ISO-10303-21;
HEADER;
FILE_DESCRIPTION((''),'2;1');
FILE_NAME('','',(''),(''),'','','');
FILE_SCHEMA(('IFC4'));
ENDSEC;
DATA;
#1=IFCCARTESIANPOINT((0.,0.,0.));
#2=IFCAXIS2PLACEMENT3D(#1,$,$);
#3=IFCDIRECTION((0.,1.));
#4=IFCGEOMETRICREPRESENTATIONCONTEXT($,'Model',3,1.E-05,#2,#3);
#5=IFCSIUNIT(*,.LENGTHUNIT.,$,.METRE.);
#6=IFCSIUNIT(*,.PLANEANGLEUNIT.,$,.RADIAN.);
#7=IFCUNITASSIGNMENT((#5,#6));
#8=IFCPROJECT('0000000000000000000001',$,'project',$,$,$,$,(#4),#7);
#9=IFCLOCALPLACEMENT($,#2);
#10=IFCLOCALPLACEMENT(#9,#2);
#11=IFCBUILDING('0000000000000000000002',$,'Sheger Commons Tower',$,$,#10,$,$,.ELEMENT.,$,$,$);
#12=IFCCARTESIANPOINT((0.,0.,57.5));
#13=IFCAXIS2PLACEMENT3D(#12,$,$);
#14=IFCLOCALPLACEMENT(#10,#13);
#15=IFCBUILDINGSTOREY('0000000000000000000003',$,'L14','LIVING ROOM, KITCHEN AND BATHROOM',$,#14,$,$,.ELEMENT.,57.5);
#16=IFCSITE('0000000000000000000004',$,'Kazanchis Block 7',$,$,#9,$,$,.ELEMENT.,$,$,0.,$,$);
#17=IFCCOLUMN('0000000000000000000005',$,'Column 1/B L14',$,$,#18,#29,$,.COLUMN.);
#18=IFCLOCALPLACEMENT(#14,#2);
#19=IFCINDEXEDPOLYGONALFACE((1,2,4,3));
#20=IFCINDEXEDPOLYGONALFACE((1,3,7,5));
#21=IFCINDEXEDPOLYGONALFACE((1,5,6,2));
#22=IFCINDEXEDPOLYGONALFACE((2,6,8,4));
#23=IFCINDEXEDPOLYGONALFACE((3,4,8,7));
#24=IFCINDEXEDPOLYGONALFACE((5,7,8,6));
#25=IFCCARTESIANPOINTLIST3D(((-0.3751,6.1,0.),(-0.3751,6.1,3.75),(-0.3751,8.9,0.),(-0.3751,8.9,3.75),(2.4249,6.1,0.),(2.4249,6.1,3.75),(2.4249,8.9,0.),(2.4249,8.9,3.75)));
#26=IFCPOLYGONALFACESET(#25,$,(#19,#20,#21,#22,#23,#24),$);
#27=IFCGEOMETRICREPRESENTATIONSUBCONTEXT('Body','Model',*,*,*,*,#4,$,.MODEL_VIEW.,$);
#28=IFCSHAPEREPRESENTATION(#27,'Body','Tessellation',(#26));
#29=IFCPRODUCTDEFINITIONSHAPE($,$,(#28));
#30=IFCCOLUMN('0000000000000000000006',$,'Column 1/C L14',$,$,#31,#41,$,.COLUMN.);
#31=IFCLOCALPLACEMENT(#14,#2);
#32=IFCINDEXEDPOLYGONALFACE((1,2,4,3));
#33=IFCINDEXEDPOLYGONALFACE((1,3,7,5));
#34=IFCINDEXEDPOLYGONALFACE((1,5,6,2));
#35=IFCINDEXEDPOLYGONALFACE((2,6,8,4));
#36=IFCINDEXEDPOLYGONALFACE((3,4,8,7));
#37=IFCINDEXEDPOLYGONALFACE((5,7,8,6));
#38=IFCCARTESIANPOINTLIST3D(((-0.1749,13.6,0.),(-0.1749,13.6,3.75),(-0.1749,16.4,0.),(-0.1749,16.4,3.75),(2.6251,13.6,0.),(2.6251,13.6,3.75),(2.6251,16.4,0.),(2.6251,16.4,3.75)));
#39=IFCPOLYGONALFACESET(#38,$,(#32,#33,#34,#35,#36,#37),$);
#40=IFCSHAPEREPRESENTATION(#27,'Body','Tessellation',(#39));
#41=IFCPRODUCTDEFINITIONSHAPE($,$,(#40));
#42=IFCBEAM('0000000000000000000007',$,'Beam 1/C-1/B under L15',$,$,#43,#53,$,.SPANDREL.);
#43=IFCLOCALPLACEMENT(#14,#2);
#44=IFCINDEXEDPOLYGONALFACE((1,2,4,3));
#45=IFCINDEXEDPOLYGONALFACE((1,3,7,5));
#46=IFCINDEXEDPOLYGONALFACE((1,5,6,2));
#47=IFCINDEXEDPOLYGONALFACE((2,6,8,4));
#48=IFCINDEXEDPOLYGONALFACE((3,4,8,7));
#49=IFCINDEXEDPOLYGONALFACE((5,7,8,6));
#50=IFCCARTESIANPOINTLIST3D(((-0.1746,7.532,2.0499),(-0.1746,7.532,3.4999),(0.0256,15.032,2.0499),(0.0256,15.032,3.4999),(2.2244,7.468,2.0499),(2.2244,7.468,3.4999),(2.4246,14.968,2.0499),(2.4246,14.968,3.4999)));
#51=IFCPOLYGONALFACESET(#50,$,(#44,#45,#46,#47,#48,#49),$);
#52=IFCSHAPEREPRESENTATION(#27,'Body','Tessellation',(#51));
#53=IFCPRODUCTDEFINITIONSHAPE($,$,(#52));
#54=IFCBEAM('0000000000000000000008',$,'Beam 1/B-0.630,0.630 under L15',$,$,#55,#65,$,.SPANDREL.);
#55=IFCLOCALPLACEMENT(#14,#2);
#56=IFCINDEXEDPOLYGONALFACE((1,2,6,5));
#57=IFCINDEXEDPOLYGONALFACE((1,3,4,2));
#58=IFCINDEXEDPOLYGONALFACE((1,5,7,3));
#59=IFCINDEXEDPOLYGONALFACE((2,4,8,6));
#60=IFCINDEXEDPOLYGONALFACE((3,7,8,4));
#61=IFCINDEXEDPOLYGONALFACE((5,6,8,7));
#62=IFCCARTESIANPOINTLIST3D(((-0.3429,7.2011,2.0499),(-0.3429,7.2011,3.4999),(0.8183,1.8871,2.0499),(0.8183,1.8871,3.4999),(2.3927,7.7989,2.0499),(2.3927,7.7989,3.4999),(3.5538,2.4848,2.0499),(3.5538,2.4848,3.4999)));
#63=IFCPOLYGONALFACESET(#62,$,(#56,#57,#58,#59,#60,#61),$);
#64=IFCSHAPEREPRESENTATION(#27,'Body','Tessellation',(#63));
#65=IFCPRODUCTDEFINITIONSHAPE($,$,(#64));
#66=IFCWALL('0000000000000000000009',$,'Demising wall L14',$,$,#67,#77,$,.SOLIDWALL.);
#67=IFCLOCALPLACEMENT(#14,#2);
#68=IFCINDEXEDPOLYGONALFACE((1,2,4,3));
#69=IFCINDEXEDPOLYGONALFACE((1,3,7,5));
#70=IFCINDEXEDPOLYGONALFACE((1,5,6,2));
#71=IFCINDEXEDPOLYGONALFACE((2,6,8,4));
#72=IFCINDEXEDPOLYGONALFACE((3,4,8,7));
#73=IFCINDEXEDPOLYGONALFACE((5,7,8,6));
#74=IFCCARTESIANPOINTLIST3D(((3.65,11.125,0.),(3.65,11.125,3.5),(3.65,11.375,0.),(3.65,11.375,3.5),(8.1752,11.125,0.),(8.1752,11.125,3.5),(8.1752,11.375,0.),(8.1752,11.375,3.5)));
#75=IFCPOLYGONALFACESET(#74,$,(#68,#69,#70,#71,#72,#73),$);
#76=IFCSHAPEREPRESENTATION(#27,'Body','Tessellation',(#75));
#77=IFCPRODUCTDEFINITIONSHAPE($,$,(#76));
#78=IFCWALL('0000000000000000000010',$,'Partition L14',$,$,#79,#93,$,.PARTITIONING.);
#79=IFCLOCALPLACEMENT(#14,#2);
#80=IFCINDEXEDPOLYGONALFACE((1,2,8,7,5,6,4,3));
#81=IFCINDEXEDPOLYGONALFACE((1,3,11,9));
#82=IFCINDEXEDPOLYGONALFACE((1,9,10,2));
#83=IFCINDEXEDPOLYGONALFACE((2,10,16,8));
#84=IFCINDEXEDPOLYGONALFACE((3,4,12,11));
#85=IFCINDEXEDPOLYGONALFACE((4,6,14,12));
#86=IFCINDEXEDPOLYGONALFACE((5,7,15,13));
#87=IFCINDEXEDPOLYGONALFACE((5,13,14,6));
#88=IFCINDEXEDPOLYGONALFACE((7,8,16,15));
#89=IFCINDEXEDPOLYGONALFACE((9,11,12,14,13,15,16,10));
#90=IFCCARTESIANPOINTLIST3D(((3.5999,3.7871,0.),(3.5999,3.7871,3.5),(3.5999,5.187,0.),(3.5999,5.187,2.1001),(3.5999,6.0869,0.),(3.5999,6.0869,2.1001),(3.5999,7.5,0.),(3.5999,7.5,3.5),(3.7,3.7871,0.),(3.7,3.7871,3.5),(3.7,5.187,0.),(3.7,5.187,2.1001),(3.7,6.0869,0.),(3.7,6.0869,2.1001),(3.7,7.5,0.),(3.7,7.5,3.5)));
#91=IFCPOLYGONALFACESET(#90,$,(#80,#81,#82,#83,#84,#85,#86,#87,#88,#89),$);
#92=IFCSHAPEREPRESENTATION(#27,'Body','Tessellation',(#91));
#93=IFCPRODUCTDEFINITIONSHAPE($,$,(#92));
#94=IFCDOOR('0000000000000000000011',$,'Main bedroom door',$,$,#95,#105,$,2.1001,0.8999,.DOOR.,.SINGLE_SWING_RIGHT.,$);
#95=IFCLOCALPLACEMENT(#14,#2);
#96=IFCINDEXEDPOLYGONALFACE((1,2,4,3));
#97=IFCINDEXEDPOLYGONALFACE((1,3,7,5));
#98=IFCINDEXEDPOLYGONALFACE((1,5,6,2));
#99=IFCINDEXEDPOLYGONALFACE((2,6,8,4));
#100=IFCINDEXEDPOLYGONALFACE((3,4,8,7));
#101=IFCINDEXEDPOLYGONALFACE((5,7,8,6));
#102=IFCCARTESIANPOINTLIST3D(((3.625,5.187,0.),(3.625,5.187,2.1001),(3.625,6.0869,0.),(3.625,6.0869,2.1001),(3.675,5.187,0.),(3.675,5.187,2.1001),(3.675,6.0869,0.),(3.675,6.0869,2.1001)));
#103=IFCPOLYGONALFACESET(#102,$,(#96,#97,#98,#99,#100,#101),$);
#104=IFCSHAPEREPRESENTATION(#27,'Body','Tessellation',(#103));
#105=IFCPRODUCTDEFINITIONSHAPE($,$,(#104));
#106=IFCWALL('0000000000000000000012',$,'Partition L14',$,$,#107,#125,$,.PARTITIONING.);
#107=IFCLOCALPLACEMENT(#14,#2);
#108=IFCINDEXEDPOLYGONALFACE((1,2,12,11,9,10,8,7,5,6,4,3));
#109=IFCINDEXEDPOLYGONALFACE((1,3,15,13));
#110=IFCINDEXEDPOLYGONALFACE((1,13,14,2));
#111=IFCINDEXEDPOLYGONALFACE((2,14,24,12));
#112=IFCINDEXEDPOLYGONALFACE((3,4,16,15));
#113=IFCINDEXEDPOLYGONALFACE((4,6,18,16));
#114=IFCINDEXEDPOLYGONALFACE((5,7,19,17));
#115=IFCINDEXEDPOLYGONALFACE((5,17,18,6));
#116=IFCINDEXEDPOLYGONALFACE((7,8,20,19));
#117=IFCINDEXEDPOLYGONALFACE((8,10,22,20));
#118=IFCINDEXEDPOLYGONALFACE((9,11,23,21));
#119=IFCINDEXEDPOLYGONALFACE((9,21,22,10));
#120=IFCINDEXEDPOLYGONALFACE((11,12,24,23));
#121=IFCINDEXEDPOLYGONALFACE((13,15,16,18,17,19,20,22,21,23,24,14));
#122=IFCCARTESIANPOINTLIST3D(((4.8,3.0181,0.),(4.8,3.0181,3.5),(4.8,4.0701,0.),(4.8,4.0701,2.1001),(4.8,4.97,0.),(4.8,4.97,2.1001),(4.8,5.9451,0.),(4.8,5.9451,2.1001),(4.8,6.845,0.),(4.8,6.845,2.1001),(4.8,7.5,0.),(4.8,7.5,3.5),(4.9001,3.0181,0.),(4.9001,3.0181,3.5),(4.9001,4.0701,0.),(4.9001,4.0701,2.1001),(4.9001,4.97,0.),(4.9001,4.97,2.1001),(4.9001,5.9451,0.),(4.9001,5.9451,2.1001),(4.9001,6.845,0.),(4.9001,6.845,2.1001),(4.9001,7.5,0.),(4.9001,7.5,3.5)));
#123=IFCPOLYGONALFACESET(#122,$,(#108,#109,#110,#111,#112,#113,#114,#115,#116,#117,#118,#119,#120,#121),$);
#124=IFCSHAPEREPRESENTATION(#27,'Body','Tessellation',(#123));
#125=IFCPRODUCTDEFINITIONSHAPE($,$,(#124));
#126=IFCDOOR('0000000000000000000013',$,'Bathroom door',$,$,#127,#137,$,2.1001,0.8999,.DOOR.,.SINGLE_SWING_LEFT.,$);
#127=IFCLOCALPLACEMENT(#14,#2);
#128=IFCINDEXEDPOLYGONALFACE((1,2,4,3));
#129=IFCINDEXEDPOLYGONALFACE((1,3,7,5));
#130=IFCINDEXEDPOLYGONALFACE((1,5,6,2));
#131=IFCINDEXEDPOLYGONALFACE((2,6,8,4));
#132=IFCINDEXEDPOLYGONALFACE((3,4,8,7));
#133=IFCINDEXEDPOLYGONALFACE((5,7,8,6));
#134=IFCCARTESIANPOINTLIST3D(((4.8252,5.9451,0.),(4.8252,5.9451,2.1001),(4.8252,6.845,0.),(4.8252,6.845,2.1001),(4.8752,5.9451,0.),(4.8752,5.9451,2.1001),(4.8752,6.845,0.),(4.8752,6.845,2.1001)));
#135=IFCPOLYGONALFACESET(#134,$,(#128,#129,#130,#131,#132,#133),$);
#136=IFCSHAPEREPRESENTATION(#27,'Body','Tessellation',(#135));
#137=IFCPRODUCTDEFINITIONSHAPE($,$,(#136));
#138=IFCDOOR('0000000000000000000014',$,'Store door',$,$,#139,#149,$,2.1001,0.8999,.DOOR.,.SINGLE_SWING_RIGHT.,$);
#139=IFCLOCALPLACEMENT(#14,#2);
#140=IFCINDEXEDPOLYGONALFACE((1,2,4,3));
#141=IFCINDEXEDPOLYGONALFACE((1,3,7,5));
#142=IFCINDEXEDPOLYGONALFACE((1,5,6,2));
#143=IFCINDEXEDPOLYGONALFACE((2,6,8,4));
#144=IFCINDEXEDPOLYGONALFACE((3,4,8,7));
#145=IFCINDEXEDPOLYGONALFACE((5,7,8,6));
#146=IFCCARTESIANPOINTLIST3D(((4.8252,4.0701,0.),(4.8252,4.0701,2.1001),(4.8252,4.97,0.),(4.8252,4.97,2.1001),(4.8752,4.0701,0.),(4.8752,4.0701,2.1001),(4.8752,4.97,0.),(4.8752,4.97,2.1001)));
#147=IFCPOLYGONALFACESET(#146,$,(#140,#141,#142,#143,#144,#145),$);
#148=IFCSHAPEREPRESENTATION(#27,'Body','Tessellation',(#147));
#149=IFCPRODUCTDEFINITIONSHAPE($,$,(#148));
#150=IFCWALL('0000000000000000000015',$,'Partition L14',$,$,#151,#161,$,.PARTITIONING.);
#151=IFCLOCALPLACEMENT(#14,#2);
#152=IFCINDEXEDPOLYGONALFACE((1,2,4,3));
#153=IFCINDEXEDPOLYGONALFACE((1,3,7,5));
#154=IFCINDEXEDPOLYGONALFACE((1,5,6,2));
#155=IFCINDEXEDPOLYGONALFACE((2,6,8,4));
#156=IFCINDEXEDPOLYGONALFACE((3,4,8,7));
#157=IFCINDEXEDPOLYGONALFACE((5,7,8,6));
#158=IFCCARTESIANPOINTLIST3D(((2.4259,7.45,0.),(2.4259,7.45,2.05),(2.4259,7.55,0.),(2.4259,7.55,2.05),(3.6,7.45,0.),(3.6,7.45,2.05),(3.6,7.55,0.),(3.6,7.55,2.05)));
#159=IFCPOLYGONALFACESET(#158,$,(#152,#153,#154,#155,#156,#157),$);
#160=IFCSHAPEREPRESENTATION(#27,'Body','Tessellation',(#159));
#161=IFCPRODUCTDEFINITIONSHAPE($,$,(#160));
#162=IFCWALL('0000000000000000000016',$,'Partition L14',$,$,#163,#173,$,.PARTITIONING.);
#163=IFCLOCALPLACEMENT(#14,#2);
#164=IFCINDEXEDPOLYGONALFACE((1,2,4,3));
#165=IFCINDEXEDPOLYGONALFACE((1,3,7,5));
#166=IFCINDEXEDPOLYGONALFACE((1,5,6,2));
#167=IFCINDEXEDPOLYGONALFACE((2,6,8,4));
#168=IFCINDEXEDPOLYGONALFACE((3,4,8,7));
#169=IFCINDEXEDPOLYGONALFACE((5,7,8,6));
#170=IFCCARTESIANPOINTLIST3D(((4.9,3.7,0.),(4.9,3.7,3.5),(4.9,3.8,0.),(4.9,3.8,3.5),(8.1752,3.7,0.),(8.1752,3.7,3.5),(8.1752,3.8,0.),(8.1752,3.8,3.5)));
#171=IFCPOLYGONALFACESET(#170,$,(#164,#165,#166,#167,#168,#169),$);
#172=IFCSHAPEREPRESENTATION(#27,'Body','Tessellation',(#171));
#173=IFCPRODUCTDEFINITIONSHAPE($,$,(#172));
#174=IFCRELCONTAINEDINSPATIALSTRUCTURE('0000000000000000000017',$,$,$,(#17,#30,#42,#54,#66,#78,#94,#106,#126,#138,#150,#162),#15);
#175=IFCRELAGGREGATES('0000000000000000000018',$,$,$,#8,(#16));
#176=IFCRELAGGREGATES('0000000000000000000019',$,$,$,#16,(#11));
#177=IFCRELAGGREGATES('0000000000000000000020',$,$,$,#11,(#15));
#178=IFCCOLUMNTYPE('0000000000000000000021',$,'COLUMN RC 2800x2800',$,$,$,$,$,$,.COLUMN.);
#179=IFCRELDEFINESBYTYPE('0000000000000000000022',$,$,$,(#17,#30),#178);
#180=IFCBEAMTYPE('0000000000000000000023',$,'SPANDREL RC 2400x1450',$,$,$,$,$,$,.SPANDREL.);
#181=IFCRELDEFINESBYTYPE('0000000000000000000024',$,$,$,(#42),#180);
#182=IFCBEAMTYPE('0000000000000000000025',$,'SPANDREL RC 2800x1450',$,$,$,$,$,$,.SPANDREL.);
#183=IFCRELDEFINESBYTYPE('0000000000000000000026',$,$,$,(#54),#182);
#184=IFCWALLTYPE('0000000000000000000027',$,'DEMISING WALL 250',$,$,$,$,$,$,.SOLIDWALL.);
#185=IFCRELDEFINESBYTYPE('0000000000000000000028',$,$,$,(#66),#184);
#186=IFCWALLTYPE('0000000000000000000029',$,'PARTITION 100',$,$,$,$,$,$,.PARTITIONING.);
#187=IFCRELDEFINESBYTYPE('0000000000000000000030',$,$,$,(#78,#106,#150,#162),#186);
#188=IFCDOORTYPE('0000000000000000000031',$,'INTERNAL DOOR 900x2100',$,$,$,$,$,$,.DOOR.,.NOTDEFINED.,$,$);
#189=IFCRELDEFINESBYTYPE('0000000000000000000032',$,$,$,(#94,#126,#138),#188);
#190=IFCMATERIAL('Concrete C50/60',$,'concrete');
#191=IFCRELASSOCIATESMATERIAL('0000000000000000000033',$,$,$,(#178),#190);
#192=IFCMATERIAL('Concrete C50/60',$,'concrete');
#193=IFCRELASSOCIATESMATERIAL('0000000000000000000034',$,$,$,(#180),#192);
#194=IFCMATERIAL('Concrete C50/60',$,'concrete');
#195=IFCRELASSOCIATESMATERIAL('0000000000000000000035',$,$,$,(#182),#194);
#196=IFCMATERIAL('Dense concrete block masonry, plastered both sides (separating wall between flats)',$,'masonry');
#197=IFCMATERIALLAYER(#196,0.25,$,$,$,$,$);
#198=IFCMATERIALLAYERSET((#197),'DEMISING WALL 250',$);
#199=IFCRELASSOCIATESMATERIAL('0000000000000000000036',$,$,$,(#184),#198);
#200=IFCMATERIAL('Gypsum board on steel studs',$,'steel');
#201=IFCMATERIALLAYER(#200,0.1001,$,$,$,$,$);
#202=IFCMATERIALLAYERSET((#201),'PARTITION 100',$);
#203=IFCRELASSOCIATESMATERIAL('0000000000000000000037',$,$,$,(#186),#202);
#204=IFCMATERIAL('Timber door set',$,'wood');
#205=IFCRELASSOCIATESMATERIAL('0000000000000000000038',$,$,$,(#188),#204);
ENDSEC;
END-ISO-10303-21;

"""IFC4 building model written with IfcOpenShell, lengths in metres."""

from ifc_helpers import new_model, si_unit, direction, frame, frame_2d, origin, origin_2d, place, context, subcontext, project, spatial, rectangle, extrude, material, layer, layer_set, material_profile, profile_set, type_object, element, fill, save


model = new_model("IFC4")

# Units and contexts
model_context = context("Model", 3, precision=1e-05, world=origin(), true_north=direction((0.0, 1.0)))
body_context = subcontext(model_context, "Body", "Model", "MODEL_VIEW")
ifc_project = project(units=[si_unit("LENGTHUNIT", "METRE"), si_unit("PLANEANGLEUNIT", "RADIAN")], contexts=[model_context])

# Site, building, storey
site_placement = place(None, origin())
site = spatial("IfcSite", under=ifc_project, at=site_placement, Name="Kazanchis Block 7", CompositionType="ELEMENT", RefElevation=0.0)
building_placement = place(site_placement, origin())
building = spatial("IfcBuilding", under=site, at=building_placement, Name="Sheger Commons Tower", CompositionType="ELEMENT")
storey_placement = place(building_placement, frame((0.0, 0.0, 57.5)))
storey = spatial("IfcBuildingStorey", under=building, at=storey_placement, Name="L14", Description="LIVING ROOM, KITCHEN AND BATHROOM", CompositionType="ELEMENT", Elevation=57.5)

# Columns
ifc_material_1 = material(Name="Concrete C50/60", Category="concrete")
ifc_material_profile_1 = material_profile(ifc_material_1, rectangle(XDim=2.8, YDim=2.8, at=origin_2d()), Name="RC 2800x2800")
ifc_profile_set_1 = profile_set([ifc_material_profile_1], Name="Concrete C50/60")
column_type = type_object("IfcColumnType", Name="COLUMN RC 2800x2800", PredefinedType="COLUMN", material=ifc_profile_set_1)
for number, where, z_axis, x_axis, name in (
    (1, (1.0249, 7.5, 0.0), (0.0, 0.0, 1.0), (1.0, 0.0, 0.0), "Column 1/B L14"),
    (2, (1.2251, 15.0, 0.0), (0.0, 0.0, 1.0), (1.0, 0.0, 0.0), "Column 1/C L14"),
):
    element("IfcColumn", number, at=place(storey_placement, frame(where, z_axis=z_axis, x_axis=x_axis)), inside=storey, type_object=column_type, Name=name, PredefinedType="COLUMN", context=body_context, shape_type="SweptSolid", body=[
        extrude(rectangle(XDim=2.8, YDim=2.8, at=origin_2d()), origin(), (0.0, 0.0, 1.0), 3.75),
    ])

# Beams
ifc_material_2 = material(Name="Concrete C50/60", Category="concrete")
ifc_material_profile_2 = material_profile(ifc_material_2, rectangle(XDim=2.3999, YDim=1.45, at=origin_2d()), Name="RC 2400x1450")
ifc_profile_set_2 = profile_set([ifc_material_profile_2], Name="Concrete C50/60")
beam_type_1 = type_object("IfcBeamType", Name="SPANDREL RC 2400x1450", PredefinedType="SPANDREL", material=ifc_profile_set_2)
beam_1_placement = place(storey_placement, frame((1.2251, 15.0, 2.7749), z_axis=(-0.026683, -0.999644, 0.0), x_axis=(0.999644, -0.026683, 0.0)))
element("IfcBeam", 3, at=beam_1_placement, inside=storey, type_object=beam_type_1, Name="Beam 1/C-1/B under L15", PredefinedType="SPANDREL", context=body_context, shape_type="SweptSolid", body=[
    extrude(rectangle(XDim=2.3999, YDim=1.45, at=origin_2d()), origin(), (0.0, 0.0, 1.0), 7.5027),
])
ifc_material_3 = material(Name="Concrete C50/60", Category="concrete")
ifc_material_profile_3 = material_profile(ifc_material_3, rectangle(XDim=2.8, YDim=1.45, at=origin_2d()), Name="RC 2800x1450")
ifc_profile_set_3 = profile_set([ifc_material_profile_3], Name="Concrete C50/60")
beam_type_2 = type_object("IfcBeamType", Name="SPANDREL RC 2800x1450", PredefinedType="SPANDREL", material=ifc_profile_set_3)
beam_2_placement = place(storey_placement, frame((1.0249, 7.5, 2.7749), z_axis=(0.213469, -0.97695, 0.0), x_axis=(0.97695, 0.213469, 0.0)))
element("IfcBeam", 4, at=beam_2_placement, inside=storey, type_object=beam_type_2, Name="Beam 1/B-0.630,0.630 under L15", PredefinedType="SPANDREL", context=body_context, shape_type="SweptSolid", body=[
    extrude(rectangle(XDim=2.8, YDim=1.45, at=origin_2d()), origin(), (0.0, 0.0, 1.0), 5.4395),
])

# Wall
ifc_material_4 = material(Name="Dense concrete block masonry, plastered both sides (separating wall between flats)", Category="masonry")
ifc_layer_1 = layer(ifc_material_4, 0.25)
ifc_layer_set_1 = layer_set([ifc_layer_1], Name="DEMISING WALL 250")
wall_type_1 = type_object("IfcWallType", Name="DEMISING WALL 250", PredefinedType="SOLIDWALL", material=ifc_layer_set_1)
wall_1_placement = place(storey_placement, frame((3.6499, 11.25, 0.0), z_axis=(0.0, 0.0, 1.0), x_axis=(1.0, 0.0, 0.0)))
element("IfcWall", 5, at=wall_1_placement, inside=storey, type_object=wall_type_1, Name="Demising wall L14", PredefinedType="SOLIDWALL", context=body_context, shape_type="SweptSolid", body=[
    extrude(rectangle(XDim=4.5251, YDim=0.25, at=frame_2d((2.2627, 0.0))), origin(), (0.0, 0.0, 1.0), 3.5),
])

# Wall, opening, door
ifc_material_5 = material(Name="Gypsum board on steel studs", Category="steel")
ifc_layer_2 = layer(ifc_material_5, 0.1001)
ifc_layer_set_2 = layer_set([ifc_layer_2], Name="PARTITION 100")
wall_type_2 = type_object("IfcWallType", Name="PARTITION 100", PredefinedType="PARTITIONING", material=ifc_layer_set_2)
wall_2_placement = place(storey_placement, frame((3.6499, 3.7871, 0.0), z_axis=(0.0, 0.0, 1.0), x_axis=(0.0, 1.0, 0.0)))
wall_2 = element("IfcWall", 6, at=wall_2_placement, inside=storey, type_object=wall_type_2, Name="Partition L14", PredefinedType="PARTITIONING", context=body_context, shape_type="SweptSolid", body=[
    extrude(rectangle(XDim=3.7129, YDim=0.1001, at=frame_2d((1.8564, 0.0))), origin(), (0.0, 0.0, 1.0), 3.5),
])
opening_1_placement = place(wall_2_placement, frame((1.3999, 0.0, 0.0)))
opening_1 = element("IfcOpeningElement", 7, at=opening_1_placement, cuts=wall_2, PredefinedType="OPENING", context=body_context, shape_type="SweptSolid", body=[
    extrude(rectangle(XDim=0.8999, YDim=2.1001, at=frame_2d((0.45, 1.05))), frame((0.0, 0.0601, 0.0), z_axis=(0.0, -1.0, 0.0), x_axis=(1.0, 0.0, 0.0)), (0.0, 0.0, 1.0), 0.1201),
])
ifc_material_6 = material(Name="Timber door set", Category="wood")
door_type = type_object("IfcDoorType", Name="INTERNAL DOOR 900x2100", OperationType="NOTDEFINED", PredefinedType="DOOR", material=ifc_material_6)
door_1_placement = place(opening_1_placement, origin())
door_1 = element("IfcDoor", 8, at=door_1_placement, inside=storey, type_object=door_type, Name="Main bedroom door", OperationType="SINGLE_SWING_RIGHT", OverallHeight=2.1001, OverallWidth=0.8999, PredefinedType="DOOR", context=body_context, shape_type="SweptSolid", body=[
    extrude(rectangle(XDim=0.8999, YDim=2.1001, at=frame_2d((0.45, 1.05))), frame((0.0, 0.0249, 0.0), z_axis=(0.0, -1.0, 0.0), x_axis=(1.0, 0.0, 0.0)), (0.0, 0.0, 1.0), 0.05),
])
fill(opening_1, door_1)

# Wall, openings, doors
wall_3_placement = place(storey_placement, frame((4.8501, 3.0181, 0.0), z_axis=(0.0, 0.0, 1.0), x_axis=(0.0, 1.0, 0.0)))
wall_3 = element("IfcWall", 9, at=wall_3_placement, inside=storey, type_object=wall_type_2, Name="Partition L14", PredefinedType="PARTITIONING", context=body_context, shape_type="SweptSolid", body=[
    extrude(rectangle(XDim=4.4819, YDim=0.1001, at=frame_2d((2.241, 0.0))), origin(), (0.0, 0.0, 1.0), 3.5),
])
opening_2_placement = place(wall_3_placement, frame((2.927, 0.0, 0.0)))
opening_2 = element("IfcOpeningElement", 10, at=opening_2_placement, cuts=wall_3, PredefinedType="OPENING", context=body_context, shape_type="SweptSolid", body=[
    extrude(rectangle(XDim=0.8999, YDim=2.1001, at=frame_2d((0.45, 1.05))), frame((0.0, 0.0601, 0.0), z_axis=(0.0, -1.0, 0.0), x_axis=(1.0, 0.0, 0.0)), (0.0, 0.0, 1.0), 0.1201),
])
opening_3_placement = place(wall_3_placement, frame((1.052, 0.0, 0.0)))
opening_3 = element("IfcOpeningElement", 11, at=opening_3_placement, cuts=wall_3, PredefinedType="OPENING", context=body_context, shape_type="SweptSolid", body=[
    extrude(rectangle(XDim=0.8999, YDim=2.1001, at=frame_2d((0.45, 1.05))), frame((0.0, 0.0601, 0.0), z_axis=(0.0, -1.0, 0.0), x_axis=(1.0, 0.0, 0.0)), (0.0, 0.0, 1.0), 0.1201),
])
door_2_placement = place(opening_2_placement, origin())
door_2 = element("IfcDoor", 12, at=door_2_placement, inside=storey, type_object=door_type, Name="Bathroom door", OperationType="SINGLE_SWING_LEFT", OverallHeight=2.1001, OverallWidth=0.8999, PredefinedType="DOOR", context=body_context, shape_type="SweptSolid", body=[
    extrude(rectangle(XDim=0.8999, YDim=2.1001, at=frame_2d((0.45, 1.05))), frame((0.0, 0.0249, 0.0), z_axis=(0.0, -1.0, 0.0), x_axis=(1.0, 0.0, 0.0)), (0.0, 0.0, 1.0), 0.05),
])
fill(opening_2, door_2)
door_3_placement = place(opening_3_placement, origin())
door_3 = element("IfcDoor", 13, at=door_3_placement, inside=storey, type_object=door_type, Name="Store door", OperationType="SINGLE_SWING_RIGHT", OverallHeight=2.1001, OverallWidth=0.8999, PredefinedType="DOOR", context=body_context, shape_type="SweptSolid", body=[
    extrude(rectangle(XDim=0.8999, YDim=2.1001, at=frame_2d((0.45, 1.05))), frame((0.0, 0.0249, 0.0), z_axis=(0.0, -1.0, 0.0), x_axis=(1.0, 0.0, 0.0)), (0.0, 0.0, 1.0), 0.05),
])
fill(opening_3, door_3)

# Walls
wall_4_placement = place(storey_placement, frame((2.426, 7.5, 0.0), z_axis=(0.0, 0.0, 1.0), x_axis=(1.0, 0.0, 0.0)))
element("IfcWall", 14, at=wall_4_placement, inside=storey, type_object=wall_type_2, Name="Partition L14", PredefinedType="PARTITIONING", context=body_context, shape_type="SweptSolid", body=[
    extrude(rectangle(XDim=1.1741, YDim=0.1001, at=frame_2d((0.5869, 0.0))), origin(), (0.0, 0.0, 1.0), 2.05),
])
wall_5_placement = place(storey_placement, frame((4.8999, 3.75, 0.0), z_axis=(0.0, 0.0, 1.0), x_axis=(1.0, 0.0, 0.0)))
element("IfcWall", 15, at=wall_5_placement, inside=storey, type_object=wall_type_2, Name="Partition L14", PredefinedType="PARTITIONING", context=body_context, shape_type="SweptSolid", body=[
    extrude(rectangle(XDim=3.2751, YDim=0.1001, at=frame_2d((1.6377, 0.0))), origin(), (0.0, 0.0, 1.0), 3.5),
])

save(model, "model.ifc")
